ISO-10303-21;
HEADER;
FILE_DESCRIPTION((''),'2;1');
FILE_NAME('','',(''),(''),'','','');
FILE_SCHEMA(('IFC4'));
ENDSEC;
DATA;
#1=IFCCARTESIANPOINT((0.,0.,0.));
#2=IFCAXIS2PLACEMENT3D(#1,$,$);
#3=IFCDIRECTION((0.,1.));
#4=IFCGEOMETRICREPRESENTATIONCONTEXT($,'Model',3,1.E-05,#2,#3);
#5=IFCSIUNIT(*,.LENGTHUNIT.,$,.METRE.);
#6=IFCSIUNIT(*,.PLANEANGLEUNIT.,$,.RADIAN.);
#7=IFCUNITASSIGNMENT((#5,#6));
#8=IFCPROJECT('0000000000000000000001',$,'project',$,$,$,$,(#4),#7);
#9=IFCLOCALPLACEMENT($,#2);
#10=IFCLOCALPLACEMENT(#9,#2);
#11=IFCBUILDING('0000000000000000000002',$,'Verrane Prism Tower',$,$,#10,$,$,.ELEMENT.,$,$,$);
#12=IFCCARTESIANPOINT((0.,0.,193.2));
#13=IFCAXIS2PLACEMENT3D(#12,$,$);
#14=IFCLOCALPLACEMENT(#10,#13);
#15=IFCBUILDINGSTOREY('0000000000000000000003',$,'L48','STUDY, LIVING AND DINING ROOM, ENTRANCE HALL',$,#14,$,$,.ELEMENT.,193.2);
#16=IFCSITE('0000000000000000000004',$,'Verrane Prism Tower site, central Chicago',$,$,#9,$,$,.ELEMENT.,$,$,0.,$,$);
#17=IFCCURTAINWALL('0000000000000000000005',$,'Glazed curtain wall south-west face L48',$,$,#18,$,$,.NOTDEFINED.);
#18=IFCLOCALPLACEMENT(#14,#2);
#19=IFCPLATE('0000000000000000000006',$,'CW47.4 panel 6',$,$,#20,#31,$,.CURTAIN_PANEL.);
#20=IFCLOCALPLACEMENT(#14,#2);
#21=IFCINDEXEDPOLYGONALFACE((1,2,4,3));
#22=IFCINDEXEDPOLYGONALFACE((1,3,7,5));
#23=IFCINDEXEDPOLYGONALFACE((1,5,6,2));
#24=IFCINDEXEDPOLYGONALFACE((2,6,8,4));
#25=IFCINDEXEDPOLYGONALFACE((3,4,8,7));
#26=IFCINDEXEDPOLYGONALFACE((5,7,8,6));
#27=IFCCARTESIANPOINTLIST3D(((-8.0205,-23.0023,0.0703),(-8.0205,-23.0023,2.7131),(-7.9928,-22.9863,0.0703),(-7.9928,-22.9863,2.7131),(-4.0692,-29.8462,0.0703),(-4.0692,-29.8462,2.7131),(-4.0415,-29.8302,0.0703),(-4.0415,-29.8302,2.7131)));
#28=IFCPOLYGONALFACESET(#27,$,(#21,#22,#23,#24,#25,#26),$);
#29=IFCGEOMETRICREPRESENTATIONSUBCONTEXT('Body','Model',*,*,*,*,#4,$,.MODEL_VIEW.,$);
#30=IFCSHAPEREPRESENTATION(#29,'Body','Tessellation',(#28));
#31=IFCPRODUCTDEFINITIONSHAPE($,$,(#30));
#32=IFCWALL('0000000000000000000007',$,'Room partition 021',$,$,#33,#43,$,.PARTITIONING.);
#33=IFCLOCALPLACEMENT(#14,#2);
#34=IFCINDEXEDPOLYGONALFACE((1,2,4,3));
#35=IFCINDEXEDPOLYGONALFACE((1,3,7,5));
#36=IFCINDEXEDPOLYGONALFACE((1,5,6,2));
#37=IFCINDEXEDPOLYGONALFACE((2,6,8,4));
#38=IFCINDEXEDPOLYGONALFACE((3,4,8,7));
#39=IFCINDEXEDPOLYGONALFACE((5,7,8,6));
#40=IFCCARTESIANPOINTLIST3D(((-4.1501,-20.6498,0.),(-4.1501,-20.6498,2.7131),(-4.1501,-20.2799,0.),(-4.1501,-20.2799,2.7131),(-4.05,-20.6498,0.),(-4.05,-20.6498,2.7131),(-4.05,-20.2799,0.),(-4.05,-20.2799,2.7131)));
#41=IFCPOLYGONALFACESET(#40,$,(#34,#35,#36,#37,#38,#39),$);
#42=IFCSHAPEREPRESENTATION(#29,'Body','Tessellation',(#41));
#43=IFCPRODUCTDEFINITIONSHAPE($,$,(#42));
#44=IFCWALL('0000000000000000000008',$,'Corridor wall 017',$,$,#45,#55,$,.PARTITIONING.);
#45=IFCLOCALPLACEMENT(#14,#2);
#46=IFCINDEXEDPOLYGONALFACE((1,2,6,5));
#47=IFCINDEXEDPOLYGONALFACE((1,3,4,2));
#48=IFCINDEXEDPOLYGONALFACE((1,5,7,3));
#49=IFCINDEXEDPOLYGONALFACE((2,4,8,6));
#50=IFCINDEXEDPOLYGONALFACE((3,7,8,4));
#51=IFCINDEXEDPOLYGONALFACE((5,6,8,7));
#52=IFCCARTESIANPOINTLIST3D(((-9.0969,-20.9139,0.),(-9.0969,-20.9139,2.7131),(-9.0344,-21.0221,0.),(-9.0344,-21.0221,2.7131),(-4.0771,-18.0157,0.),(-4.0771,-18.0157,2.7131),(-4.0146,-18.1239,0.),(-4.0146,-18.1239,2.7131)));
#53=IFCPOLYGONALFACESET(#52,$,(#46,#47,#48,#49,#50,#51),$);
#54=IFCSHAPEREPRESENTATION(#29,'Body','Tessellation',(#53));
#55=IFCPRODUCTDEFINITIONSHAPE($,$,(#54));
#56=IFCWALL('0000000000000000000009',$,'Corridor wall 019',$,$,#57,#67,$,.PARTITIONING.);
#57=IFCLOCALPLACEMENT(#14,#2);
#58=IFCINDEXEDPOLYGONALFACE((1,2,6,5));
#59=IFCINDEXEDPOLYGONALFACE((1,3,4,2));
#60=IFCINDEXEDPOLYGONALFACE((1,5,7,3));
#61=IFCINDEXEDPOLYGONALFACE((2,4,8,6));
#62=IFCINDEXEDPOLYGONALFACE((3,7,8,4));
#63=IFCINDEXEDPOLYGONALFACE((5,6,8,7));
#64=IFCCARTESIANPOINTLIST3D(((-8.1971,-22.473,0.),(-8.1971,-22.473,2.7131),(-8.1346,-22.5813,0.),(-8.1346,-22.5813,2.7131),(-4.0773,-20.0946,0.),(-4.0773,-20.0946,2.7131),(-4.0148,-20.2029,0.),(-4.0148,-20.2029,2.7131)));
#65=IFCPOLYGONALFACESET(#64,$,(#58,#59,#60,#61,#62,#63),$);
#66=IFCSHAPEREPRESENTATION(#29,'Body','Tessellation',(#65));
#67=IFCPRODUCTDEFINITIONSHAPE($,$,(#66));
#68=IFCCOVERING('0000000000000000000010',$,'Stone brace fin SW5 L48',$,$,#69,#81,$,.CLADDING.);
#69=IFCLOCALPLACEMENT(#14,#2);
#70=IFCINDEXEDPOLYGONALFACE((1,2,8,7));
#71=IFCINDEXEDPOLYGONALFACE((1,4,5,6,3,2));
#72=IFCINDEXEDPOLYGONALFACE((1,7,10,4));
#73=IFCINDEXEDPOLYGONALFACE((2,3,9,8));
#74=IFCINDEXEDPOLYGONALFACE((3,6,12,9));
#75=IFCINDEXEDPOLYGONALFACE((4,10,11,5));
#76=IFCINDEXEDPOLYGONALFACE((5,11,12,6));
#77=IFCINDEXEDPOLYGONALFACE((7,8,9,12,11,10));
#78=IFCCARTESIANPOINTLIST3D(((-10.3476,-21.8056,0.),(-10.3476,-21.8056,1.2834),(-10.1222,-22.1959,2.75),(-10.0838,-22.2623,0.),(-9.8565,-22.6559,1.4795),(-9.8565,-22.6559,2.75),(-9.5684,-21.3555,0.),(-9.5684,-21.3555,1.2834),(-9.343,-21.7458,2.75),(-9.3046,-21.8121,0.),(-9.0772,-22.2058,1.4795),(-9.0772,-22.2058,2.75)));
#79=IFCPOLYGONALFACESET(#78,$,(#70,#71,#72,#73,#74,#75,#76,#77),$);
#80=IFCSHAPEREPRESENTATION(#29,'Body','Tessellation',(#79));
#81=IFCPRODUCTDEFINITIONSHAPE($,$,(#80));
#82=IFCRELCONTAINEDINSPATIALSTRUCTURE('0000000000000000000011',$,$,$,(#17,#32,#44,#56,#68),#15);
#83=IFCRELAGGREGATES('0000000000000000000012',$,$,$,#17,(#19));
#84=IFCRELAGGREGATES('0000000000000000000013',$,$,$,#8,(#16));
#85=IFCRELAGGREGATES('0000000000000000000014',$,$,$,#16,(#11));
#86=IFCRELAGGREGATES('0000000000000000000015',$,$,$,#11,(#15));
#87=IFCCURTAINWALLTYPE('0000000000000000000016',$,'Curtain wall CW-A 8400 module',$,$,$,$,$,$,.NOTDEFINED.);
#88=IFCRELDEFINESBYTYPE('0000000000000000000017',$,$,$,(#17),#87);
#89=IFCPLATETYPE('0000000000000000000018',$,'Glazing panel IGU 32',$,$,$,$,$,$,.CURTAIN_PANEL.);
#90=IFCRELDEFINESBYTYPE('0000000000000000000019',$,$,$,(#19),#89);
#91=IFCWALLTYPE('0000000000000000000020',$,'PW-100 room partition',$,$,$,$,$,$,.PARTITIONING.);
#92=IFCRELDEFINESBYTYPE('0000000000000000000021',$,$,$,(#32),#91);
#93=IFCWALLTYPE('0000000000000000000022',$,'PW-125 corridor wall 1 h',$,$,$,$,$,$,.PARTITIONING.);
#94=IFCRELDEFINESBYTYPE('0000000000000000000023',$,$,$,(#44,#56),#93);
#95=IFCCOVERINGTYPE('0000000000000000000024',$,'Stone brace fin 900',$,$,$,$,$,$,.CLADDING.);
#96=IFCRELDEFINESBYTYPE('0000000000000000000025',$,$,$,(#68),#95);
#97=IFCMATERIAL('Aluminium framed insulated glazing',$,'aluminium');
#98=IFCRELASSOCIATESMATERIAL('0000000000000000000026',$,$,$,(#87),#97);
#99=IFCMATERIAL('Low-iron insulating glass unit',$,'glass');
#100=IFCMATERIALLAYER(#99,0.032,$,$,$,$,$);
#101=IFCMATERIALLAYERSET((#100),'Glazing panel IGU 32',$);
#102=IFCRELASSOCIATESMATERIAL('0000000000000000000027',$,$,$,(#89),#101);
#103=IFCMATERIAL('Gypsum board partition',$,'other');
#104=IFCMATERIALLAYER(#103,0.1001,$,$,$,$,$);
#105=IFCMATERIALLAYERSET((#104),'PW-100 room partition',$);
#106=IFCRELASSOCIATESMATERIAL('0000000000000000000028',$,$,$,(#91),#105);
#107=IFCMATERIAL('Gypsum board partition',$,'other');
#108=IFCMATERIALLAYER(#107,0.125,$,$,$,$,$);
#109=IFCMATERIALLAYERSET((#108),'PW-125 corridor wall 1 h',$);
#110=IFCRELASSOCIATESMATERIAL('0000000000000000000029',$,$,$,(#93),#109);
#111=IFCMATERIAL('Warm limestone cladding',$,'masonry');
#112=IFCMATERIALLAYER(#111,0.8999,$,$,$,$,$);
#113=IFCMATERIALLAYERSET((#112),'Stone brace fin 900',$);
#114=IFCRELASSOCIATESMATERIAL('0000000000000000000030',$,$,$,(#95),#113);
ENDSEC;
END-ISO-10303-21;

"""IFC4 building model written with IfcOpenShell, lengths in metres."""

from ifc_helpers import new_model, si_unit, direction, frame, frame_2d, origin, origin_2d, place, context, subcontext, project, spatial, polyline, rectangle, outline, extrude, material, layer, layer_set, type_object, element, aggregate, save


model = new_model("IFC4")

# Units and contexts
model_context = context("Model", 3, precision=1e-05, world=origin(), true_north=direction((0.0, 1.0)))
body_context = subcontext(model_context, "Body", "Model", "MODEL_VIEW")
ifc_project = project(units=[si_unit("LENGTHUNIT", "METRE"), si_unit("PLANEANGLEUNIT", "RADIAN")], contexts=[model_context])

# Site, building, storey
site_placement = place(None, origin())
site = spatial("IfcSite", under=ifc_project, at=site_placement, Name="Verrane Prism Tower site, central Chicago", CompositionType="ELEMENT", RefElevation=0.0)
building_placement = place(site_placement, origin())
building = spatial("IfcBuilding", under=site, at=building_placement, Name="Verrane Prism Tower", CompositionType="ELEMENT")
storey_placement = place(building_placement, frame((0.0, 0.0, 193.2)))
storey = spatial("IfcBuildingStorey", under=building, at=storey_placement, Name="L48", Description="STUDY, LIVING AND DINING ROOM, ENTRANCE HALL", CompositionType="ELEMENT", Elevation=193.2)

# Curtain wall
ifc_material_1 = material(Name="Aluminium framed insulated glazing", Category="aluminium")
curtain_wall_type_1 = type_object("IfcCurtainWallType", Name="Curtain wall CW-A 8400 module", PredefinedType="NOTDEFINED", material=ifc_material_1)
curtain_wall_1_placement = place(storey_placement, origin())
curtain_wall_1 = element("IfcCurtainWall", 1, at=curtain_wall_1_placement, inside=storey, type_object=curtain_wall_type_1, Name="Glazed curtain wall south-west face L48", PredefinedType="NOTDEFINED")

# Plate
ifc_material_2 = material(Name="Low-iron insulating glass unit", Category="glass")
ifc_layer_1 = layer(ifc_material_2, 0.032)
ifc_layer_set_1 = layer_set([ifc_layer_1], Name="Glazing panel IGU 32")
plate_type_1 = type_object("IfcPlateType", Name="Glazing panel IGU 32", PredefinedType="CURTAIN_PANEL", material=ifc_layer_set_1)
plate_1_placement = place(storey_placement, frame((-6.031, -26.4163, 0.0703), z_axis=(0.0, 0.0, 1.0), x_axis=(0.5, -0.866026, 0.0)))
plate_1 = element("IfcPlate", 2, at=plate_1_placement, type_object=plate_type_1, Name="CW47.4 panel 6", PredefinedType="CURTAIN_PANEL", context=body_context, shape_type="SweptSolid", body=[
    extrude(rectangle(XDim=7.9026, YDim=0.032, at=origin_2d()), origin(), (0.0, 0.0, 1.0), 2.6428),
])
aggregate(curtain_wall_1, [plate_1])

# Walls
ifc_material_3 = material(Name="Gypsum board partition", Category="other")
ifc_layer_2 = layer(ifc_material_3, 0.1001)
ifc_layer_set_2 = layer_set([ifc_layer_2], Name="PW-100 room partition")
wall_type_1 = type_object("IfcWallType", Name="PW-100 room partition", PredefinedType="PARTITIONING", material=ifc_layer_set_2)
wall_1_placement = place(storey_placement, frame((-4.1001, -20.6499, 0.0), z_axis=(0.0, 0.0, 1.0), x_axis=(0.0, 1.0, 0.0)))
element("IfcWall", 3, at=wall_1_placement, inside=storey, type_object=wall_type_1, Name="Room partition 021", PredefinedType="PARTITIONING", context=body_context, shape_type="SweptSolid", body=[
    extrude(rectangle(XDim=0.3699, YDim=0.1001, at=frame_2d((0.1851, 0.0))), origin(), (0.0, 0.0, 1.0), 2.7131),
])
ifc_material_4 = material(Name="Gypsum board partition", Category="other")
ifc_layer_3 = layer(ifc_material_4, 0.125)
ifc_layer_set_3 = layer_set([ifc_layer_3], Name="PW-125 corridor wall 1 h")
wall_type_2 = type_object("IfcWallType", Name="PW-125 corridor wall 1 h", PredefinedType="PARTITIONING", material=ifc_layer_set_3)
wall_2_placement = place(storey_placement, frame((-9.0657, -20.968, 0.0), z_axis=(0.0, 0.0, 1.0), x_axis=(0.866024, 0.500003, 0.0)))
element("IfcWall", 4, at=wall_2_placement, inside=storey, type_object=wall_type_2, Name="Corridor wall 017", PredefinedType="PARTITIONING", context=body_context, shape_type="SweptSolid", body=[
    extrude(rectangle(XDim=5.7964, YDim=0.125, at=frame_2d((2.8982, 0.0))), origin(), (0.0, 0.0, 1.0), 2.7131),
])
wall_3_placement = place(storey_placement, frame((-8.1658, -22.5271, 0.0), z_axis=(0.0, 0.0, 1.0), x_axis=(0.866043, 0.49997, 0.0)))
element("IfcWall", 5, at=wall_3_placement, inside=storey, type_object=wall_type_2, Name="Corridor wall 019", PredefinedType="PARTITIONING", context=body_context, shape_type="SweptSolid", body=[
    extrude(rectangle(XDim=4.7571, YDim=0.125, at=frame_2d((2.3784, 0.0))), origin(), (0.0, 0.0, 1.0), 2.7131),
])

# Covering
ifc_material_5 = material(Name="Warm limestone cladding", Category="masonry")
ifc_layer_4 = layer(ifc_material_5, 0.8999)
ifc_layer_set_4 = layer_set([ifc_layer_4], Name="Stone brace fin 900")
covering_type = type_object("IfcCoveringType", Name="Stone brace fin 900", PredefinedType="CLADDING", material=ifc_layer_set_4)
covering_placement = place(storey_placement, frame((-9.958, -21.5806, 0.0), z_axis=(0.0, 0.0, 1.0), x_axis=(0.500203, -0.865908, 0.0)))
element("IfcCovering", 6, at=covering_placement, inside=storey, type_object=covering_type, Name="Stone brace fin SW5 L48", PredefinedType="CLADDING", context=body_context, shape_type="SweptSolid", body=[
    extrude(outline(polyline([(0.9819, 2.75), (0.4507, 2.75), (0.0, 1.2834), (0.0, 0.0), (0.5273, 0.0), (0.9819, 1.4795), (0.9819, 2.75)])), frame((0.0, 0.45, 0.0), z_axis=(0.0, -1.0, 0.0), x_axis=(1.0, 0.0, 0.0)), (0.0, 0.0, 1.0), 0.8999),
])

save(model, "model.ifc")
